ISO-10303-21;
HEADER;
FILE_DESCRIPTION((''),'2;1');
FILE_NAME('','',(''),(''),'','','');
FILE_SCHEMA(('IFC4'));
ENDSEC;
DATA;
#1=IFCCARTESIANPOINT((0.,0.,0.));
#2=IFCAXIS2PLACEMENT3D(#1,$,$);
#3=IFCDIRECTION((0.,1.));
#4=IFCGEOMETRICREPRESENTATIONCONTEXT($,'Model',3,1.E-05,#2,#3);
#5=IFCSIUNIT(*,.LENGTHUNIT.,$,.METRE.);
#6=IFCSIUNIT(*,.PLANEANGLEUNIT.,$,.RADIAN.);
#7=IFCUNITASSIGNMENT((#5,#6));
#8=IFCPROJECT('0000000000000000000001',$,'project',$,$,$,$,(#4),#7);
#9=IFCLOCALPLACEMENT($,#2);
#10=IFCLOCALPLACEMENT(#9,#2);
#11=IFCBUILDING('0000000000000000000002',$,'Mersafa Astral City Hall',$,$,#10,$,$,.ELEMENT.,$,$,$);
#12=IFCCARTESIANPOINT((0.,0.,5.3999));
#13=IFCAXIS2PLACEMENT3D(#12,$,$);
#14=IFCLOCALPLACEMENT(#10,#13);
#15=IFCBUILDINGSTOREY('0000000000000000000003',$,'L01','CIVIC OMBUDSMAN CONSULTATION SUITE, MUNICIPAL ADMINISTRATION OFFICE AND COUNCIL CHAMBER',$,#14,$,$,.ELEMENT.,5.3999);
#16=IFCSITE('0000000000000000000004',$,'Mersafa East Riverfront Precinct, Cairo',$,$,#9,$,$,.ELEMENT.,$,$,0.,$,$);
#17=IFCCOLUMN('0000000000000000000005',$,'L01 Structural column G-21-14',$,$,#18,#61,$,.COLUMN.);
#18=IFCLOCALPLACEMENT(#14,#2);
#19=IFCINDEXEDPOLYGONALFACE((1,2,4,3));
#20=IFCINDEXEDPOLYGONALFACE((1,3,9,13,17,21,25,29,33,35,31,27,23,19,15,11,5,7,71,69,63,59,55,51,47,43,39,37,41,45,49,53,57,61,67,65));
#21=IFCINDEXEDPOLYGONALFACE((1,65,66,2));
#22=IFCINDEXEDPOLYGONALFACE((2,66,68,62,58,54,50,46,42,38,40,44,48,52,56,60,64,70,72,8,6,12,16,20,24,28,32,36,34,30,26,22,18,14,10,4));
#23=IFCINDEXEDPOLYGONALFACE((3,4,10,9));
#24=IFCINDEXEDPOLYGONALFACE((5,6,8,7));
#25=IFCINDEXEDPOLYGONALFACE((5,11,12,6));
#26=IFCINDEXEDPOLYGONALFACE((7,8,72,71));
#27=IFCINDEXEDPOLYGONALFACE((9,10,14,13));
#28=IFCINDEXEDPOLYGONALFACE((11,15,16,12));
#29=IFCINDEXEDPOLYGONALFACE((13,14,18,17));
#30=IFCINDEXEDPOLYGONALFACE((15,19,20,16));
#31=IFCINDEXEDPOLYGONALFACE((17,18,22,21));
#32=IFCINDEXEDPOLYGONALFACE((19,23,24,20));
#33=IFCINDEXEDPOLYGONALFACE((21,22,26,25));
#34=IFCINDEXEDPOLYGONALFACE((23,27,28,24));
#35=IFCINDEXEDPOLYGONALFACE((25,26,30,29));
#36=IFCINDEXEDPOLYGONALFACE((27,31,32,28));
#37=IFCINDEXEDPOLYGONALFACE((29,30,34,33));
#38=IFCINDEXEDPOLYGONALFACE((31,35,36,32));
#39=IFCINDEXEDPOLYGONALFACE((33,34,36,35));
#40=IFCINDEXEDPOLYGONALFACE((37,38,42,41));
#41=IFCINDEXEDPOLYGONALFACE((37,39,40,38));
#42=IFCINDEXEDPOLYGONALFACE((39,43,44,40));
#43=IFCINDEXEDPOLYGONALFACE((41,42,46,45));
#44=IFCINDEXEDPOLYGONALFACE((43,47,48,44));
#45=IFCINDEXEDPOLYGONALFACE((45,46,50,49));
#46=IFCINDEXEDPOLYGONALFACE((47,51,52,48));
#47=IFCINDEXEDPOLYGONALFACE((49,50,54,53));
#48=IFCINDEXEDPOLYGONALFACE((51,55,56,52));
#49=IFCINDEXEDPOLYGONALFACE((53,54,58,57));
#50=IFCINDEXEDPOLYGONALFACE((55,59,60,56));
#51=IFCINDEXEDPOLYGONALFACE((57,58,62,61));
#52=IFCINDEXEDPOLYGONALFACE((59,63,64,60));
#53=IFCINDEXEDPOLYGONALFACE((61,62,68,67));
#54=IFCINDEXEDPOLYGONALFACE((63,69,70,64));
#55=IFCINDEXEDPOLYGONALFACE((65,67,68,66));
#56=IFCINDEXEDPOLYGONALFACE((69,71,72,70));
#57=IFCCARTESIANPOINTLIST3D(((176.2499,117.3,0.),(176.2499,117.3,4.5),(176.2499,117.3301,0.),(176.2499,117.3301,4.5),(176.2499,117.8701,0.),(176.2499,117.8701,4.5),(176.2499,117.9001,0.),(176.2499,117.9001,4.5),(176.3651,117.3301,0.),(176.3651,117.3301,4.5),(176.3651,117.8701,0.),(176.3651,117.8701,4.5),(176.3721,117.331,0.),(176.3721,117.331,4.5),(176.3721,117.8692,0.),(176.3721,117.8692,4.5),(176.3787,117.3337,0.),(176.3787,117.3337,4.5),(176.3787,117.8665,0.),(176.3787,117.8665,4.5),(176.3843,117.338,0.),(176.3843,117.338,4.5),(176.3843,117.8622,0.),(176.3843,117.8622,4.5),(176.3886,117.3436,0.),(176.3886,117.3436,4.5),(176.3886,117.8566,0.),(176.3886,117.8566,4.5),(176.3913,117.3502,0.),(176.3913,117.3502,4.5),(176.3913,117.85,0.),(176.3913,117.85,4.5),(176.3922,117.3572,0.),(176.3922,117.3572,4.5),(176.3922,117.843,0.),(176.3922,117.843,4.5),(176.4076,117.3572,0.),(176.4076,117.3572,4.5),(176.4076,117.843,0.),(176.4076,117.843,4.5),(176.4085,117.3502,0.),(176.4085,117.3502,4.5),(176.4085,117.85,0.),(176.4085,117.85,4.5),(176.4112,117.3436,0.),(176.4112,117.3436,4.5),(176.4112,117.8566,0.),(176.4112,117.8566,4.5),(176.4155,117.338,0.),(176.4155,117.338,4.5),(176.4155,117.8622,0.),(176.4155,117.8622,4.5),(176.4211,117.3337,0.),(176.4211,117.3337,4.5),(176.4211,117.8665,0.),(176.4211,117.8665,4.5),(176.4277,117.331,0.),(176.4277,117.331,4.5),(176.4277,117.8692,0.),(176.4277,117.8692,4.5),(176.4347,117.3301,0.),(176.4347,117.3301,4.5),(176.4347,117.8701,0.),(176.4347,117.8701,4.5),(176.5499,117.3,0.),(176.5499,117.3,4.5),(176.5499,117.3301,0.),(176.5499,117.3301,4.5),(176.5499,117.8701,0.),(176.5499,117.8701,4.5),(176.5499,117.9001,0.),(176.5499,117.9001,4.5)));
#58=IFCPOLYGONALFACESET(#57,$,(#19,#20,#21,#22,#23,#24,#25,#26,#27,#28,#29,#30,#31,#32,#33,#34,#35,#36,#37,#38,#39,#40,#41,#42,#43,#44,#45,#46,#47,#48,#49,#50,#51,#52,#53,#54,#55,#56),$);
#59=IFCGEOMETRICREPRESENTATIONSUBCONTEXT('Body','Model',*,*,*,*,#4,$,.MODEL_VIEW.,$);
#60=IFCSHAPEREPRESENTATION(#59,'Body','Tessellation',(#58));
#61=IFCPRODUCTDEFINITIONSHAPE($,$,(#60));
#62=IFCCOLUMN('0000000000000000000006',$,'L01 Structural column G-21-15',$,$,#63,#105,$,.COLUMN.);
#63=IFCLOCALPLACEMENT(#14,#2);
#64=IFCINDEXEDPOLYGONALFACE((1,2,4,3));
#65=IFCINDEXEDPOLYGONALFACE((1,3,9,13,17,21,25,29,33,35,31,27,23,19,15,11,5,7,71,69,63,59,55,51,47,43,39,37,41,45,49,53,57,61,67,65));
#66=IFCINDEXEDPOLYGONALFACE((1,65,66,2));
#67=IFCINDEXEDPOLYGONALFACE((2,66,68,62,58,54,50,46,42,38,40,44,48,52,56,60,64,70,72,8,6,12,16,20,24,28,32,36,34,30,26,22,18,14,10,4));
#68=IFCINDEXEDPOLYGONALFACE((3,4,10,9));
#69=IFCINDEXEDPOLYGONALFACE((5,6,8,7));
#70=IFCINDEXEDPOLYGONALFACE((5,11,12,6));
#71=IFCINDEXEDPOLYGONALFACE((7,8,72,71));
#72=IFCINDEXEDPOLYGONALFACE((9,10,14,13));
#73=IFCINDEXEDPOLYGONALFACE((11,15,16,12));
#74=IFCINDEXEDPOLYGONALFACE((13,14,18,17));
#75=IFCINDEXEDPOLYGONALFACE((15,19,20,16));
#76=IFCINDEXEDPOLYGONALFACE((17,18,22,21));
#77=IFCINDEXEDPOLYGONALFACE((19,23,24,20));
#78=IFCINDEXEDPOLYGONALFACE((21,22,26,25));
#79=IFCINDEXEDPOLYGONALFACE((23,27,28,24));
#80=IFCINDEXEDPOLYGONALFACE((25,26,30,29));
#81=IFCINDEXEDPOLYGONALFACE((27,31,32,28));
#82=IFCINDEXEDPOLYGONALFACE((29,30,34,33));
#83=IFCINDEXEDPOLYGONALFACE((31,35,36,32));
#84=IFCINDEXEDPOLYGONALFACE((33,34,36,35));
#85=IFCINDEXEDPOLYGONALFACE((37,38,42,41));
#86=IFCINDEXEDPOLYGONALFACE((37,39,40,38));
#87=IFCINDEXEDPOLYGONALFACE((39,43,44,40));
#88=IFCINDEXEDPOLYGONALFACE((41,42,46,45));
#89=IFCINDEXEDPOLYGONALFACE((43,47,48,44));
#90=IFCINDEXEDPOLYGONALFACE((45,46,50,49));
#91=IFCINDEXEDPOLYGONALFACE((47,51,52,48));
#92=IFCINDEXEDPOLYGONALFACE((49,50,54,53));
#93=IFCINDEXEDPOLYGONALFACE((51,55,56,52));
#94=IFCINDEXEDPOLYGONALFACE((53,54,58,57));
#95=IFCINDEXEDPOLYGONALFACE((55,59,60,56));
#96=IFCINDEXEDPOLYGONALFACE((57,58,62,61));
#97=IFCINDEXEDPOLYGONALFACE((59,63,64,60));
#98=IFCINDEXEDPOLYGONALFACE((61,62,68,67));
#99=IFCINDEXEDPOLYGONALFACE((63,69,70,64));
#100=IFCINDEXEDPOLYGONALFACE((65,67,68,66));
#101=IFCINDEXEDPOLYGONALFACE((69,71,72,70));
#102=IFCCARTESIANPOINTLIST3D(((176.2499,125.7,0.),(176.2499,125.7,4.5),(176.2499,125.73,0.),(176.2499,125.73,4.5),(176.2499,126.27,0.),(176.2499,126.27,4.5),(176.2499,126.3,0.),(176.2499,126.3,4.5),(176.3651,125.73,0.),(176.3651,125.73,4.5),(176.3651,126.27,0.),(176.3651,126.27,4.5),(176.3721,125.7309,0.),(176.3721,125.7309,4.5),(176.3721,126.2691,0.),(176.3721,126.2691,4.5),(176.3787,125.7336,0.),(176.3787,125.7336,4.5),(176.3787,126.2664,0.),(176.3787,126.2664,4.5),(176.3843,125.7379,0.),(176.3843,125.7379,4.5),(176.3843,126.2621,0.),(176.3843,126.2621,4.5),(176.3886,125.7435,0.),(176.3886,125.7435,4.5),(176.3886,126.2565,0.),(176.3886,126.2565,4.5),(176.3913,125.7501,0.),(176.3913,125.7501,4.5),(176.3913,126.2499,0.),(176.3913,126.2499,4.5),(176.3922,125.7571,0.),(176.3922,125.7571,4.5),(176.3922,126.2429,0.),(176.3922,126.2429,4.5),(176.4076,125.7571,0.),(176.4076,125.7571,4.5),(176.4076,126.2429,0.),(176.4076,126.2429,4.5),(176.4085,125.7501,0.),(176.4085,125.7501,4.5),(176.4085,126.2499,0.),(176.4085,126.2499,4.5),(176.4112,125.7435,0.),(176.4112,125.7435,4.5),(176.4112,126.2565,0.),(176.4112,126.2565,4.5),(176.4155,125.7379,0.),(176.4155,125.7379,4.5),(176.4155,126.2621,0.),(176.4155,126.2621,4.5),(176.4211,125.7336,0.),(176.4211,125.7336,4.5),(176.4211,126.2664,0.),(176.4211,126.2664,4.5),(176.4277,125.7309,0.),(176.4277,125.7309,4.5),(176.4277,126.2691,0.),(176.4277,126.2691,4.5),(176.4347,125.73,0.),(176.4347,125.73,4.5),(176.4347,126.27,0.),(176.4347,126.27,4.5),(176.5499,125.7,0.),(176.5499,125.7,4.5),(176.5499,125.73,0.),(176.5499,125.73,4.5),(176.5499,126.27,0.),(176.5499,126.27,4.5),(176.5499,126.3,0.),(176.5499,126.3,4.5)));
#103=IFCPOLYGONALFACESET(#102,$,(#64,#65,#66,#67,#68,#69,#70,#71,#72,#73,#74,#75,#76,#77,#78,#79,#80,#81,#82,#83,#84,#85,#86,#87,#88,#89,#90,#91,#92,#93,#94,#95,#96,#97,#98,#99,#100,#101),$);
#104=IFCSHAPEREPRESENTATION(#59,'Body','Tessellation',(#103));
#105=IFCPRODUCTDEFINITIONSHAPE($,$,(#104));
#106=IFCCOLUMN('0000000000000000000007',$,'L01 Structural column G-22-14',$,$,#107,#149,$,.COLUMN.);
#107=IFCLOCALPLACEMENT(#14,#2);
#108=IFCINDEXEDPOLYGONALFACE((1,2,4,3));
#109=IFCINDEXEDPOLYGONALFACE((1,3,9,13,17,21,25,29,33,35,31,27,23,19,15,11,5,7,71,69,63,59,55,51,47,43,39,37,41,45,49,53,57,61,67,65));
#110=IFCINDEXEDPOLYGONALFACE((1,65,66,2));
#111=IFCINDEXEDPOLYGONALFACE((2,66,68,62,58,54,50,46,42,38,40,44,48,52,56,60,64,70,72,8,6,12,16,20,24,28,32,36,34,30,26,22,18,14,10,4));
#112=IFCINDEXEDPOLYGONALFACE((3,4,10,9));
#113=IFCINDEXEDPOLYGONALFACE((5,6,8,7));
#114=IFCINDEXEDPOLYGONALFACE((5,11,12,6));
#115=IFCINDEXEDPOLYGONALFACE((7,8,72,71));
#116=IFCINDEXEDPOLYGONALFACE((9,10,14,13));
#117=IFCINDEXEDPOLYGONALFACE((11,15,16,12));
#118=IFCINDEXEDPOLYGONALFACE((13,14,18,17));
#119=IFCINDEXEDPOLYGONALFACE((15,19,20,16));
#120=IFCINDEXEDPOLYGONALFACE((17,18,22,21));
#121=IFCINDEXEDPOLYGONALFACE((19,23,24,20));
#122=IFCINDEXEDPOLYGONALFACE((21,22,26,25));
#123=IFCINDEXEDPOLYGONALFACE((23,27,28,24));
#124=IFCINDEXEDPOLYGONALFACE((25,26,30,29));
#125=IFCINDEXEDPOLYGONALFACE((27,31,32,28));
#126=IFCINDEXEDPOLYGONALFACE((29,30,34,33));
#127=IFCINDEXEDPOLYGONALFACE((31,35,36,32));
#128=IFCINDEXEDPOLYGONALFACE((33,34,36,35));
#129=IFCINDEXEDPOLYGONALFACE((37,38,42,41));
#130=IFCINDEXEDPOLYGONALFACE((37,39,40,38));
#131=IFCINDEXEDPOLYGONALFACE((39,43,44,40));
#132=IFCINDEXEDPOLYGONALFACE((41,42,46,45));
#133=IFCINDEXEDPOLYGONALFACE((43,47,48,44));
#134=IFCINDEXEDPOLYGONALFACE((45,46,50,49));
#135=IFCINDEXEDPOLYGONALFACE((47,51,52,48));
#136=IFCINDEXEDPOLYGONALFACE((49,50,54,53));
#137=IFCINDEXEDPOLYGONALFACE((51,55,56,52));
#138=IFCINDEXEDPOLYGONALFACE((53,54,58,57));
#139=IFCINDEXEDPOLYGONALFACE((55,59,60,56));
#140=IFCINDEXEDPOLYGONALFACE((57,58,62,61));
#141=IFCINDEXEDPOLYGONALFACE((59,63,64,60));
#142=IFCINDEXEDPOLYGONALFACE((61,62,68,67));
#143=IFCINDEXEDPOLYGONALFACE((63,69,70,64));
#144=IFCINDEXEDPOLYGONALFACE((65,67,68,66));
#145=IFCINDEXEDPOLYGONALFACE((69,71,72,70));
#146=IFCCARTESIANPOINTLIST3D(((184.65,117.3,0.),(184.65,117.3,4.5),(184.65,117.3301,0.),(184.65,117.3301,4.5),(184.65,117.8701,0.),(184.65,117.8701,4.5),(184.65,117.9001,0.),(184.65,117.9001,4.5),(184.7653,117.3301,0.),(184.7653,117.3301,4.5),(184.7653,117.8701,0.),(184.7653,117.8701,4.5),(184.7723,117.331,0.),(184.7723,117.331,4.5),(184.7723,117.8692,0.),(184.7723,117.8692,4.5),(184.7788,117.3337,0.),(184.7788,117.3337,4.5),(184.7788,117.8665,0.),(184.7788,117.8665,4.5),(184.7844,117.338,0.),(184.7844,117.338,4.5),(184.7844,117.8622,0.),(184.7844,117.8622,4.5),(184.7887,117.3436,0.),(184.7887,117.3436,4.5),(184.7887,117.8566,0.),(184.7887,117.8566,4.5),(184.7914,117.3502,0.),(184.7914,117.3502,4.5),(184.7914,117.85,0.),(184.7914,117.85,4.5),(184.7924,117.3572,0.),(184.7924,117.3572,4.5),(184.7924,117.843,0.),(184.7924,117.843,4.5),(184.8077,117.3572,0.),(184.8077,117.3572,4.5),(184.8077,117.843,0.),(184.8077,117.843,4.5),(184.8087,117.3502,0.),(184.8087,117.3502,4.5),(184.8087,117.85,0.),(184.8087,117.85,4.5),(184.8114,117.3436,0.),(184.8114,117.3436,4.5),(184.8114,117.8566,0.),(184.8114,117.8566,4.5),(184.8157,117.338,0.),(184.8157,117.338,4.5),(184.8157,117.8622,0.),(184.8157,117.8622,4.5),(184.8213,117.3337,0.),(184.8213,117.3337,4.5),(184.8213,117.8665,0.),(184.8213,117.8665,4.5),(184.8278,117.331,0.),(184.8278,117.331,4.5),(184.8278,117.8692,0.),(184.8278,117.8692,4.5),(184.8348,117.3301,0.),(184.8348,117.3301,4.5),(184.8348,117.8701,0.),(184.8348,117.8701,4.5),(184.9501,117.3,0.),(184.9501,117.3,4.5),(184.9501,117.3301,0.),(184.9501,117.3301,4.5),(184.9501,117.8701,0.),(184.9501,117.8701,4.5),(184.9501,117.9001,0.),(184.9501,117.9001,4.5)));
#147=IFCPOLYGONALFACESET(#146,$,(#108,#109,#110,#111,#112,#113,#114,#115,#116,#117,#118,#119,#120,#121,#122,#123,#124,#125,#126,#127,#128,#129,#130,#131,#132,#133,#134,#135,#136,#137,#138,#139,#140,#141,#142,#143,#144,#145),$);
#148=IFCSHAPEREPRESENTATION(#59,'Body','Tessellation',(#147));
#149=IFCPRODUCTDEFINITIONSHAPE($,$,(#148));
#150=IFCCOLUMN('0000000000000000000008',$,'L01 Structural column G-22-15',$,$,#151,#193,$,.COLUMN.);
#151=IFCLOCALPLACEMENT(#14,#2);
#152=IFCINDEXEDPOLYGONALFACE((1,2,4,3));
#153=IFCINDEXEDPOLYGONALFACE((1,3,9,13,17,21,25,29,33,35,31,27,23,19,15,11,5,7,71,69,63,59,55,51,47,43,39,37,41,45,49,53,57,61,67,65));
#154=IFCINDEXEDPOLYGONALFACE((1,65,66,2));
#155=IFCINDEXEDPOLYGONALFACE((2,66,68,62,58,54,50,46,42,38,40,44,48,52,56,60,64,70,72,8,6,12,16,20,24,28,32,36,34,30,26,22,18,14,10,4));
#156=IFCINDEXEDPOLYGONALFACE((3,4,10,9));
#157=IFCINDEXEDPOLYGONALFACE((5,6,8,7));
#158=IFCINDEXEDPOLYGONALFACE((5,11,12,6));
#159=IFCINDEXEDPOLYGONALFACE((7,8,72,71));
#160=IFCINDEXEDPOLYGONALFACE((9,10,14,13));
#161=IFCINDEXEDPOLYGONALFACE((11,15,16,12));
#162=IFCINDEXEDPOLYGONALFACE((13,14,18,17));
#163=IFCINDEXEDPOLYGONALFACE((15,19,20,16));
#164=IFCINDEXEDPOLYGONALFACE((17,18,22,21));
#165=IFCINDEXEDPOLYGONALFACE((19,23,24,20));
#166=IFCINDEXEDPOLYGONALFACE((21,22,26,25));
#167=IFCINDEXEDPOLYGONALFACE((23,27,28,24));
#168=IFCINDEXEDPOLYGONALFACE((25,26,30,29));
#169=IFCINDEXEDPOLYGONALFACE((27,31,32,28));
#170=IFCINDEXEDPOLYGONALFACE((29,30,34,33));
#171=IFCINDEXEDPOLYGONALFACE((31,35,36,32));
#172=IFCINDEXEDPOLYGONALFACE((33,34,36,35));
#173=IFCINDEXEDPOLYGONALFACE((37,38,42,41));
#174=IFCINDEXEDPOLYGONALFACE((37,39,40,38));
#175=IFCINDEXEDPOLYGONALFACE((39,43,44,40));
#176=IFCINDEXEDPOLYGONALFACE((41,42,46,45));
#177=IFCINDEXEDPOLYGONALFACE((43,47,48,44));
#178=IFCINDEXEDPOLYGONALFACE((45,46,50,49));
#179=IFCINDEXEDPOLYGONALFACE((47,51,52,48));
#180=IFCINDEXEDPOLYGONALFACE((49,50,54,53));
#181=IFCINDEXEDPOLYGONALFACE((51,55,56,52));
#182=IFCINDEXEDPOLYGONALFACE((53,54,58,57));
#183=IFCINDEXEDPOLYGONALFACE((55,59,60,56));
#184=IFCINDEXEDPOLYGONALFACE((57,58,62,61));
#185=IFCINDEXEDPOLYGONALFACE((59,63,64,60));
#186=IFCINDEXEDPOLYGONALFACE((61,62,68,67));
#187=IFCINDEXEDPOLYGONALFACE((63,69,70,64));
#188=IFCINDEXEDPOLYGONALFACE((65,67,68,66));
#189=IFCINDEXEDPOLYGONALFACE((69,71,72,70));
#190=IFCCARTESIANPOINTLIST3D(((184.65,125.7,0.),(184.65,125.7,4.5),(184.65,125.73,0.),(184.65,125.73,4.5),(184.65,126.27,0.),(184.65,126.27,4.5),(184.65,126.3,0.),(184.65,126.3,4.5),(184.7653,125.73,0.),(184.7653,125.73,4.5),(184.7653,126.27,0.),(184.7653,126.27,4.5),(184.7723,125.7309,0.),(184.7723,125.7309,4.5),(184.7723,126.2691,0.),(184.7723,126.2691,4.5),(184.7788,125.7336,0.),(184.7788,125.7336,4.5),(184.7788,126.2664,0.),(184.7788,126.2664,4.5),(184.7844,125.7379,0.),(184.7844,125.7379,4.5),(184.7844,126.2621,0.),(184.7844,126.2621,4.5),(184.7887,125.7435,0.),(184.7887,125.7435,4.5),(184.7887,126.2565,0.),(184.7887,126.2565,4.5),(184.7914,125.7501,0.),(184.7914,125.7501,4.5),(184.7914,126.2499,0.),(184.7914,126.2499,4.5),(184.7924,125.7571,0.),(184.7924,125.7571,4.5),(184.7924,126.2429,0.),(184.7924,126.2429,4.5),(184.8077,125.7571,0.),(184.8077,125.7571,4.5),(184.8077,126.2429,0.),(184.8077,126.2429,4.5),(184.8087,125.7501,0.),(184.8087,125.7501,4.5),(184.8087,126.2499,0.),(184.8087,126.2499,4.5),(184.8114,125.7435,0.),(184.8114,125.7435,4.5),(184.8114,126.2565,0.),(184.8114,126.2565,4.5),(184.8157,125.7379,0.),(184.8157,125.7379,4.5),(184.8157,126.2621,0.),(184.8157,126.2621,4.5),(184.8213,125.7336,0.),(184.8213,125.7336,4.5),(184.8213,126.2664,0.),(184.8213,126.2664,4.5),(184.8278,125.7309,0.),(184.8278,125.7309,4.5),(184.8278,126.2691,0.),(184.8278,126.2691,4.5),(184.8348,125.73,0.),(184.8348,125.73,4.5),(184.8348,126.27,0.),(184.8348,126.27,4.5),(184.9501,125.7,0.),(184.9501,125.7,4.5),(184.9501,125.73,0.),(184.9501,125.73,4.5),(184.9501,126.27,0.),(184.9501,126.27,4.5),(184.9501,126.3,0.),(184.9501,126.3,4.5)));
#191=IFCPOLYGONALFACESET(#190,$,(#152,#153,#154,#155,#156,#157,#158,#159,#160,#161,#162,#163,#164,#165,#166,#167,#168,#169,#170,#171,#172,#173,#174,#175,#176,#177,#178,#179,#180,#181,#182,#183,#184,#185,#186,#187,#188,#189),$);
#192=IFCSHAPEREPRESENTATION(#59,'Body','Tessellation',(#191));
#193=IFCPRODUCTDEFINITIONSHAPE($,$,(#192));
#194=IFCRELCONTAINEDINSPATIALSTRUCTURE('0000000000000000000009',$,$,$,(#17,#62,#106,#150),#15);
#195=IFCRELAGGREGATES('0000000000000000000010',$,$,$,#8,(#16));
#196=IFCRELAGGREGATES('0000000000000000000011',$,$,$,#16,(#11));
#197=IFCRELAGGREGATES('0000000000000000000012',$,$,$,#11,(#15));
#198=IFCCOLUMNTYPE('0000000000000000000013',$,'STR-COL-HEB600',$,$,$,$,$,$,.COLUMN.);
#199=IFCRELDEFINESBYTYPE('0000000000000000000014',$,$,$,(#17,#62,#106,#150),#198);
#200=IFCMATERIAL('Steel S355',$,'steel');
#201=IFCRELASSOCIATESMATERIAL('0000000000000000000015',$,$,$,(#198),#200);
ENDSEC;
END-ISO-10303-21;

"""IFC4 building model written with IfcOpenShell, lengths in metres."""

from ifc_helpers import new_model, si_unit, direction, frame, origin, origin_2d, place, context, subcontext, project, spatial, i_section, extrude, material, material_profile, profile_set, type_object, element, save


model = new_model("IFC4")

# Units and contexts
model_context = context("Model", 3, precision=1e-05, world=origin(), true_north=direction((0.0, 1.0)))
body_context = subcontext(model_context, "Body", "Model", "MODEL_VIEW")
ifc_project = project(units=[si_unit("LENGTHUNIT", "METRE"), si_unit("PLANEANGLEUNIT", "RADIAN")], contexts=[model_context])

# Site, building, storey
site_placement = place(None, origin())
site = spatial("IfcSite", under=ifc_project, at=site_placement, Name="Mersafa East Riverfront Precinct, Cairo", CompositionType="ELEMENT", RefElevation=0.0)
building_placement = place(site_placement, origin())
building = spatial("IfcBuilding", under=site, at=building_placement, Name="Mersafa Astral City Hall", CompositionType="ELEMENT")
storey_placement = place(building_placement, frame((0.0, 0.0, 5.3999)))
storey = spatial("IfcBuildingStorey", under=building, at=storey_placement, Name="L01", Description="CIVIC OMBUDSMAN CONSULTATION SUITE, MUNICIPAL ADMINISTRATION OFFICE AND COUNCIL CHAMBER", CompositionType="ELEMENT", Elevation=5.3999)

# Columns
ifc_material_1 = material(Name="Steel S355", Category="steel")
ifc_material_profile_1 = material_profile(ifc_material_1, i_section(OverallWidth=0.3, OverallDepth=0.6001, WebThickness=0.0154, FlangeThickness=0.03, FilletRadius=0.0271, at=origin_2d()), Name="HEB 600")
ifc_profile_set_1 = profile_set([ifc_material_profile_1], Name="Steel S355")
column_type = type_object("IfcColumnType", Name="STR-COL-HEB600", PredefinedType="COLUMN", material=ifc_profile_set_1)
for number, where, z_axis, x_axis, name in (
    (1, (176.3999, 117.6001, 0.0), (0.0, 0.0, 1.0), (1.0, 0.0, 0.0), "L01 Structural column G-21-14"),
    (2, (176.3999, 126.0, 0.0), (0.0, 0.0, 1.0), (1.0, 0.0, 0.0), "L01 Structural column G-21-15"),
    (3, (184.8, 117.6001, 0.0), (0.0, 0.0, 1.0), (1.0, 0.0, 0.0), "L01 Structural column G-22-14"),
    (4, (184.8, 126.0, 0.0), (0.0, 0.0, 1.0), (1.0, 0.0, 0.0), "L01 Structural column G-22-15"),
):
    element("IfcColumn", number, at=place(storey_placement, frame(where, z_axis=z_axis, x_axis=x_axis)), inside=storey, type_object=column_type, Name=name, PredefinedType="COLUMN", context=body_context, shape_type="SweptSolid", body=[
        extrude(i_section(OverallWidth=0.3, OverallDepth=0.6001, WebThickness=0.0154, FlangeThickness=0.03, FilletRadius=0.0271, at=origin_2d()), origin(), (0.0, 0.0, 1.0), 4.5),
    ])

save(model, "model.ifc")
